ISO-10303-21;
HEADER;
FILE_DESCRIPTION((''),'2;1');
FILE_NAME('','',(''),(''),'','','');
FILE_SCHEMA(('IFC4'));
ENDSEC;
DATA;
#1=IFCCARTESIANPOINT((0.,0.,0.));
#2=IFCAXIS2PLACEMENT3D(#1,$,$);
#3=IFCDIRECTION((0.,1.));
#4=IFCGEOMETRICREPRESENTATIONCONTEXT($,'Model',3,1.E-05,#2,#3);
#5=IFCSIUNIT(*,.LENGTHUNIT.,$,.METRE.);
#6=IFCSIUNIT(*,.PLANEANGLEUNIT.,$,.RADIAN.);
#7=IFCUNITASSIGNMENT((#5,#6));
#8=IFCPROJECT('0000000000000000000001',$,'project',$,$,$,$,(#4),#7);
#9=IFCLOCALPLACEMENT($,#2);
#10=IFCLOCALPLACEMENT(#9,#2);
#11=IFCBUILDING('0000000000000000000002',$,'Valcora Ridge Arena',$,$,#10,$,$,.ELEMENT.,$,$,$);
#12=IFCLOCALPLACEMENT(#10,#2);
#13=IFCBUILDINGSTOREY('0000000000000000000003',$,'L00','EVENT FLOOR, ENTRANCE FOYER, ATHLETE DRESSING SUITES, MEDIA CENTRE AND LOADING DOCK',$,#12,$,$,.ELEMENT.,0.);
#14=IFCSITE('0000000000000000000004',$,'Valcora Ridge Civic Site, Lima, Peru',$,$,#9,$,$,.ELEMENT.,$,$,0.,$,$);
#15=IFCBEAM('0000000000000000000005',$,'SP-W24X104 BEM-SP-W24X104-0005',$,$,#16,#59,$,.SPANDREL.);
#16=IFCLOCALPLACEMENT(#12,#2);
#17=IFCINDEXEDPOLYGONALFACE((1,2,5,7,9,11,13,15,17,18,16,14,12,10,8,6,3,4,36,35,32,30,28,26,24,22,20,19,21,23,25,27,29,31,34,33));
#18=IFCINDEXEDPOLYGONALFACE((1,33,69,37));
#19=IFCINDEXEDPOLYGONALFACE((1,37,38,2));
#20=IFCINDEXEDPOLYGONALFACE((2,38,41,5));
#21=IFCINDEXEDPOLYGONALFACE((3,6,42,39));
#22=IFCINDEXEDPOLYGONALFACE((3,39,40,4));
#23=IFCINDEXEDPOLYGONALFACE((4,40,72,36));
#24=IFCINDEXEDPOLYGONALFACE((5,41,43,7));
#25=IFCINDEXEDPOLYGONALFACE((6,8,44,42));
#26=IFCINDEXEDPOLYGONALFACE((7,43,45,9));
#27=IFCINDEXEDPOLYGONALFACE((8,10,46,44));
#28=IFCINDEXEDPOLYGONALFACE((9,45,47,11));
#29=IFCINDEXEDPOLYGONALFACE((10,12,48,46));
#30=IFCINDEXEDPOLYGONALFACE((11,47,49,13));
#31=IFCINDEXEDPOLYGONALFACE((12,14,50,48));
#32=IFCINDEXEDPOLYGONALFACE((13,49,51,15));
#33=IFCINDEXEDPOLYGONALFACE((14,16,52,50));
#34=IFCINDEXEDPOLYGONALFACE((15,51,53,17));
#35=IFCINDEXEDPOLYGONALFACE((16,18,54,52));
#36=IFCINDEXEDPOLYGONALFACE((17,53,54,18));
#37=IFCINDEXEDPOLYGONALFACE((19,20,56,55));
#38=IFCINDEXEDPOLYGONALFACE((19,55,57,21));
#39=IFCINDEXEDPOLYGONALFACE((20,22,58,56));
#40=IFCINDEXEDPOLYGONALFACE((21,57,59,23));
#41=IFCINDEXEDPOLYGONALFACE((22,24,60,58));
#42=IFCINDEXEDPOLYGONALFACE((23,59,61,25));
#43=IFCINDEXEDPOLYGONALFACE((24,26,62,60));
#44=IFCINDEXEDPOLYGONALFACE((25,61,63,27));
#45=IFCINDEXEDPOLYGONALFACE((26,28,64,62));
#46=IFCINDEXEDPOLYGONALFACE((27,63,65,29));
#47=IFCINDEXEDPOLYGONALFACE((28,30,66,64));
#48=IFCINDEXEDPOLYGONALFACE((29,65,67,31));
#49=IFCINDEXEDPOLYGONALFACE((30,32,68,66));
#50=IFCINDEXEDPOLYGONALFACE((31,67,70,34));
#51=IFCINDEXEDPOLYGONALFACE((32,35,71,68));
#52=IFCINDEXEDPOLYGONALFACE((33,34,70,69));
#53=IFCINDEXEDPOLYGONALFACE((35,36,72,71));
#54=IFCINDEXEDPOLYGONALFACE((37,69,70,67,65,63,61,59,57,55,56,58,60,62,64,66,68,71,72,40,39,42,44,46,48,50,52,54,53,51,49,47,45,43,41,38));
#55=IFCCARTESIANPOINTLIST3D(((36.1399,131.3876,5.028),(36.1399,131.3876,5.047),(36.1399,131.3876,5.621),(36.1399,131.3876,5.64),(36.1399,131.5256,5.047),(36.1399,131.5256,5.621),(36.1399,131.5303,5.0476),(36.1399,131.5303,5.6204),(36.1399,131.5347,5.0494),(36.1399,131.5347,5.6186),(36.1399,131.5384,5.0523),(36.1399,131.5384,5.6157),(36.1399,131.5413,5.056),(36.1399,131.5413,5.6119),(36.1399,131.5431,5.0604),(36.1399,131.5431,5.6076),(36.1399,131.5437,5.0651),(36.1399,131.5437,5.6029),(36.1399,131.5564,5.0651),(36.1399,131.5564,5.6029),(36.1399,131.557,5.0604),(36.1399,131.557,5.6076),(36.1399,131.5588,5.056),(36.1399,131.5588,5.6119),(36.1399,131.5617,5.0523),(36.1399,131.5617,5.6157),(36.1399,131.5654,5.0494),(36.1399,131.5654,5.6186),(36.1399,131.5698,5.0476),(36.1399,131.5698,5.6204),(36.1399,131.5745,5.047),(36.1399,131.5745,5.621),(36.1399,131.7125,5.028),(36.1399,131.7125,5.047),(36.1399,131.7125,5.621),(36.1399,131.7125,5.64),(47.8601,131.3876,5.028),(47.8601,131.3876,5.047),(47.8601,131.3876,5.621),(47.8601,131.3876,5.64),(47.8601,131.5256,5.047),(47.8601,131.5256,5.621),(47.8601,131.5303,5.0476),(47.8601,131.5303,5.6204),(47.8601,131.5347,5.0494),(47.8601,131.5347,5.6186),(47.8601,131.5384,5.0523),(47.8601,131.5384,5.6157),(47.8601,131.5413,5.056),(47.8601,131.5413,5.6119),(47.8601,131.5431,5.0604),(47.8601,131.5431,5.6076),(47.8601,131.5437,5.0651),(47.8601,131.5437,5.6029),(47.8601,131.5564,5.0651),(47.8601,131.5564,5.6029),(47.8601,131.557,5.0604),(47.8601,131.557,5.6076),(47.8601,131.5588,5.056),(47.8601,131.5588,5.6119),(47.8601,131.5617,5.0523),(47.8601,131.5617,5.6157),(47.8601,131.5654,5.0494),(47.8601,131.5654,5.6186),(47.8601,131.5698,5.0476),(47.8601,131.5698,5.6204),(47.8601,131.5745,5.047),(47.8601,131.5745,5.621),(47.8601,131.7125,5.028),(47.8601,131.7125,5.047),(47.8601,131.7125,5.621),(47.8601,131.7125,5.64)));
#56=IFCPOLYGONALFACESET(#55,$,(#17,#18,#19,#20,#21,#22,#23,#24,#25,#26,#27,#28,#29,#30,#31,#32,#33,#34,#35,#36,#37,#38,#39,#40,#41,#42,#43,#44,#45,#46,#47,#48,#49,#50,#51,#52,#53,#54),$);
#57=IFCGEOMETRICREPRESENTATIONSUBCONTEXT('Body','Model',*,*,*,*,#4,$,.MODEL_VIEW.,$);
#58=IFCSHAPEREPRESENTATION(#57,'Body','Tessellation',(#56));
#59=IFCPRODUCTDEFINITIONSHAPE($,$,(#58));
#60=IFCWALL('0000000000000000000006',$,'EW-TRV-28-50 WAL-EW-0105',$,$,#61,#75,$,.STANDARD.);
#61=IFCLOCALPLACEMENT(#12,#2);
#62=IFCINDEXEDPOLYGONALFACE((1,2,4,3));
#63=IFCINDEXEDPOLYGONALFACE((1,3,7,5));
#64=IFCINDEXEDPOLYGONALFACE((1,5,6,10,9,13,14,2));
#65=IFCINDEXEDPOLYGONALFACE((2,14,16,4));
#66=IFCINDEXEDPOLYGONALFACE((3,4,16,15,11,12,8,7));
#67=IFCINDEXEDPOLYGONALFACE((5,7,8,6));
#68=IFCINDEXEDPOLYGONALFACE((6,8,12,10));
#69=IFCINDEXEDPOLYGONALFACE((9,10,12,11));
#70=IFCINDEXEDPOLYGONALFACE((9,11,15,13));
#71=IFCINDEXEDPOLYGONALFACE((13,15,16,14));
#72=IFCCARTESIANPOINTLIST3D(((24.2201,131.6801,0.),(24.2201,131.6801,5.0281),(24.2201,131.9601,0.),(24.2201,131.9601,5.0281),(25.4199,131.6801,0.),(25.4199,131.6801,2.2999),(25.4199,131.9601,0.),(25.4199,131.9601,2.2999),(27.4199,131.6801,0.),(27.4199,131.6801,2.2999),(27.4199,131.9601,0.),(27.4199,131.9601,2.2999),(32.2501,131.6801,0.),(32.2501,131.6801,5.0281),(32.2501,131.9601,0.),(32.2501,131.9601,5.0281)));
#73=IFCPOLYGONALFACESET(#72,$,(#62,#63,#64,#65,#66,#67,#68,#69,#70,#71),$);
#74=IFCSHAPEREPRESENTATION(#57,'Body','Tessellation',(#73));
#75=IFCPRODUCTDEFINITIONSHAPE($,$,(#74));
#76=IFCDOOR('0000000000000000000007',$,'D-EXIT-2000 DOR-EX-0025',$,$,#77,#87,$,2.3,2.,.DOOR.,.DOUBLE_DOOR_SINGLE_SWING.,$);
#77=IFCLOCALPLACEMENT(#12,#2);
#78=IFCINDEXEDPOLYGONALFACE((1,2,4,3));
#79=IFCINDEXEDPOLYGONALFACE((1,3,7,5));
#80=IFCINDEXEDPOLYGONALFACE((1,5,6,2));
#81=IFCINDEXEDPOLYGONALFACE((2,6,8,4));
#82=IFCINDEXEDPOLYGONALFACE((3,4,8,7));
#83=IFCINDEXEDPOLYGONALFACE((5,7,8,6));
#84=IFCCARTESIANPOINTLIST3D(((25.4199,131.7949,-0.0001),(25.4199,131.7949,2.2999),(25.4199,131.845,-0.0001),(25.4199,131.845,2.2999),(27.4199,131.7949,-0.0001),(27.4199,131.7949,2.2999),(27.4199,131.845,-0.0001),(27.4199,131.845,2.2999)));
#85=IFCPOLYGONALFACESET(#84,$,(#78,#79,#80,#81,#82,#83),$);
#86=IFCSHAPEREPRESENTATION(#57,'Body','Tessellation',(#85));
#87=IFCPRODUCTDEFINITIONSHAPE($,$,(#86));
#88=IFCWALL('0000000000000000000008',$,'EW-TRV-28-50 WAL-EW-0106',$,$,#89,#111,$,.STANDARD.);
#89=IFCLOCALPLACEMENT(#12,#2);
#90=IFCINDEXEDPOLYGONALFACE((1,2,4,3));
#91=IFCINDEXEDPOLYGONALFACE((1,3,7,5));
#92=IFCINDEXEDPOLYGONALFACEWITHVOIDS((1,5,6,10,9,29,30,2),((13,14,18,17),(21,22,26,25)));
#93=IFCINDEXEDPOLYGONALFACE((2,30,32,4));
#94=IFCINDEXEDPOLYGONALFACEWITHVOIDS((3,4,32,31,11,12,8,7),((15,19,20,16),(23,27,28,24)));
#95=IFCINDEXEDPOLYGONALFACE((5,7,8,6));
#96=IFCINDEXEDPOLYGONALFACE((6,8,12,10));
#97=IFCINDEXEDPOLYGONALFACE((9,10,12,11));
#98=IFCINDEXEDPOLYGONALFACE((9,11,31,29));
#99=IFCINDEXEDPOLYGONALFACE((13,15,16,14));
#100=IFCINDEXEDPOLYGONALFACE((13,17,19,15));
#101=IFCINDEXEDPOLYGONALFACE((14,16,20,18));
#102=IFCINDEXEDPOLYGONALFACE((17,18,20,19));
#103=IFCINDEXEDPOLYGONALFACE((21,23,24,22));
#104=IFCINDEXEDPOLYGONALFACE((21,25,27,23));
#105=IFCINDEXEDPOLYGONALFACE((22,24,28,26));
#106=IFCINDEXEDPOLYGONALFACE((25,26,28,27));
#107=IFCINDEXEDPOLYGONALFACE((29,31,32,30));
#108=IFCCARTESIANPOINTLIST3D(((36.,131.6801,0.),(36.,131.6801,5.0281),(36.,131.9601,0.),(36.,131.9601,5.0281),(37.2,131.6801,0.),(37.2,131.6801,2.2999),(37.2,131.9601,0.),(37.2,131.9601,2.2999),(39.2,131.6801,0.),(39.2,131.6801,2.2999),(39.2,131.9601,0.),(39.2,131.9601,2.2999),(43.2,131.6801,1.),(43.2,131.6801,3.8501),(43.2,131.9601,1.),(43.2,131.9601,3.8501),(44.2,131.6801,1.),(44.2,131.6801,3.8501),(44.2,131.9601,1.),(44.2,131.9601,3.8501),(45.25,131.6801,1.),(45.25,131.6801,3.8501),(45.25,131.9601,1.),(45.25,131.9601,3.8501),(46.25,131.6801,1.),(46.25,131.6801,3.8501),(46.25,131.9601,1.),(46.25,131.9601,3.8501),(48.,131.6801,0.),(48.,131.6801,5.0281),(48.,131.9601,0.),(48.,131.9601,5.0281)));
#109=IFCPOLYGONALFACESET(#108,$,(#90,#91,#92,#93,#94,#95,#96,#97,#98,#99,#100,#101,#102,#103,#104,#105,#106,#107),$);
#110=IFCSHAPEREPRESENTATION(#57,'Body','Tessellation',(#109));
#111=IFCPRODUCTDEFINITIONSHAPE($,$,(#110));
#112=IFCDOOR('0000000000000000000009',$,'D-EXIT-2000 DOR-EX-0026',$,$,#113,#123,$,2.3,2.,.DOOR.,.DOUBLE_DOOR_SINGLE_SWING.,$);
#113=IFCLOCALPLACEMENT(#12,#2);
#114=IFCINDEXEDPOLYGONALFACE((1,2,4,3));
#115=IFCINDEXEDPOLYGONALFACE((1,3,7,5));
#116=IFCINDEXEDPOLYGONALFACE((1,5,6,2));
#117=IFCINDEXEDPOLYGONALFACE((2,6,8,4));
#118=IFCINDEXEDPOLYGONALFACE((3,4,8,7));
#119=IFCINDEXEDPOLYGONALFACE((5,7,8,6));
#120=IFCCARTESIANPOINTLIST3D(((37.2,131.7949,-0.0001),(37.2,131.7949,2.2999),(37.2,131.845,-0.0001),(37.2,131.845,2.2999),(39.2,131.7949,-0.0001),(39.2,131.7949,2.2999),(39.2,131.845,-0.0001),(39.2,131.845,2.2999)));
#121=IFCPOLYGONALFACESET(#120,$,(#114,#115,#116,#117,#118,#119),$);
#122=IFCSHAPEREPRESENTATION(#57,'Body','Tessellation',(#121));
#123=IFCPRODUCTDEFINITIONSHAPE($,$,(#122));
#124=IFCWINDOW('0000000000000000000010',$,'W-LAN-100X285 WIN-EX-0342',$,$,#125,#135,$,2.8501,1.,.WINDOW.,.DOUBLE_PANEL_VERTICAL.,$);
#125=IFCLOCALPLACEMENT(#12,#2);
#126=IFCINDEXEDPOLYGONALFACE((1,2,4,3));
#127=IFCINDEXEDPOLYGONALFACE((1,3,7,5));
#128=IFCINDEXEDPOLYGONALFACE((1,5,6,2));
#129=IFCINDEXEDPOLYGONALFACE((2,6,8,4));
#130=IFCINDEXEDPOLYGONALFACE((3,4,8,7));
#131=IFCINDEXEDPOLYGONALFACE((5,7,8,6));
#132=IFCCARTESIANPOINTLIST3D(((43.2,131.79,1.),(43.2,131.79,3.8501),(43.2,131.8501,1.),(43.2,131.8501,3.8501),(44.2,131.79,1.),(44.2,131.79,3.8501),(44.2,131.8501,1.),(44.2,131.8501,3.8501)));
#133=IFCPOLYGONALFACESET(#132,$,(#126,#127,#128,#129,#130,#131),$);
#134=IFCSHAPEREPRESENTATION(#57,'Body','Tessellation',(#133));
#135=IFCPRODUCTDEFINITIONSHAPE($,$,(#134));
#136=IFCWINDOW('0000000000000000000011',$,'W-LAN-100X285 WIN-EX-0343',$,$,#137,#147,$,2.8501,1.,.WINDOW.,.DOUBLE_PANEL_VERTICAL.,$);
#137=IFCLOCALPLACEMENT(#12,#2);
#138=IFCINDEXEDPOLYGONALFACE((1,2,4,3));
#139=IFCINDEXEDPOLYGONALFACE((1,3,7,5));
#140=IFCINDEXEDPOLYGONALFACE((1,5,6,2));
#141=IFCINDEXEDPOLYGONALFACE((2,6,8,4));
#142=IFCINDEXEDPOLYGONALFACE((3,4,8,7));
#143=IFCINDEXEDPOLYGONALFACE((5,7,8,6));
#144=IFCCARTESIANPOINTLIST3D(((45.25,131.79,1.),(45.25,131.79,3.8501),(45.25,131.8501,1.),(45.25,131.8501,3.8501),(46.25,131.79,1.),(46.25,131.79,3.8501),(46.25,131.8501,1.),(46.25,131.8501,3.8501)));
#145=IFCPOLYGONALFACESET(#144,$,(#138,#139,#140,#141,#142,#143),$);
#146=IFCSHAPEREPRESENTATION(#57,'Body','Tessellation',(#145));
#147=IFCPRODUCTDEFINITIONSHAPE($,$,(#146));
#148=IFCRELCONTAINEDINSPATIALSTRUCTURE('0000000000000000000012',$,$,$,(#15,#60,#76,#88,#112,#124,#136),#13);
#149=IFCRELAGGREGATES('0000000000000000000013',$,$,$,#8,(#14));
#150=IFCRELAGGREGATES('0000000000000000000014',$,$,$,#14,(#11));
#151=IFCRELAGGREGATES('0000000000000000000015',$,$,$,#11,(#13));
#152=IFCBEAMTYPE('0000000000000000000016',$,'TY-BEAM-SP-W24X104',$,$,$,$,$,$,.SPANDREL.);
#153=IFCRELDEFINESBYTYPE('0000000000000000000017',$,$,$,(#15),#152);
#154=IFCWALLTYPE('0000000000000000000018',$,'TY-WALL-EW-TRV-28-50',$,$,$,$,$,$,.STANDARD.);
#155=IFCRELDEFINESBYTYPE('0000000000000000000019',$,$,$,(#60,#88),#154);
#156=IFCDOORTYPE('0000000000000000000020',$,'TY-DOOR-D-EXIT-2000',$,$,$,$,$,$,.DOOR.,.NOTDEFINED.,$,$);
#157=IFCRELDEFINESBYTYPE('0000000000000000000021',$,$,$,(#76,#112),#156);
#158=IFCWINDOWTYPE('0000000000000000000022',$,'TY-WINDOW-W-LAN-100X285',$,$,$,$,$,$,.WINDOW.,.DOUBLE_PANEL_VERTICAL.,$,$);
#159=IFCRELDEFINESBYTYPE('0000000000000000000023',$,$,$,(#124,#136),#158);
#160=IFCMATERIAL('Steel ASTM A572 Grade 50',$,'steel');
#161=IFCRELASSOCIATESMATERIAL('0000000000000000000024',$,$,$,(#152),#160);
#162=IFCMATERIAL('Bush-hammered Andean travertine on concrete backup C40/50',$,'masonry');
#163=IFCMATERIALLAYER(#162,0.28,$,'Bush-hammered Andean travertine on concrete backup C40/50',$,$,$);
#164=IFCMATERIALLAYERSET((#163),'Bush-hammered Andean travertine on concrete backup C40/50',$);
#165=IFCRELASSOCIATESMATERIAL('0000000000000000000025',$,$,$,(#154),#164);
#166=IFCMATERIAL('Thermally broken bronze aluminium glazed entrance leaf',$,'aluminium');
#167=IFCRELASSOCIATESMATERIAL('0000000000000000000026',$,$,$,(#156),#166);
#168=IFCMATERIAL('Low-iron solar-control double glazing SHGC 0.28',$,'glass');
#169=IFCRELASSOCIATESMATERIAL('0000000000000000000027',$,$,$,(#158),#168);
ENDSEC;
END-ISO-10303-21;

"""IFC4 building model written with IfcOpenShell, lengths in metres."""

from ifc_helpers import new_model, si_unit, direction, frame, frame_2d, origin, origin_2d, place, context, subcontext, project, spatial, rectangle, i_section, extrude, material, layer, layer_set, material_profile, profile_set, type_object, element, fill, save


model = new_model("IFC4")

# Units and contexts
model_context = context("Model", 3, precision=1e-05, world=origin(), true_north=direction((0.0, 1.0)))
body_context = subcontext(model_context, "Body", "Model", "MODEL_VIEW")
ifc_project = project(units=[si_unit("LENGTHUNIT", "METRE"), si_unit("PLANEANGLEUNIT", "RADIAN")], contexts=[model_context])

# Site, building, storey
site_placement = place(None, origin())
site = spatial("IfcSite", under=ifc_project, at=site_placement, Name="Valcora Ridge Civic Site, Lima, Peru", CompositionType="ELEMENT", RefElevation=0.0)
building_placement = place(site_placement, origin())
building = spatial("IfcBuilding", under=site, at=building_placement, Name="Valcora Ridge Arena", CompositionType="ELEMENT")
storey_placement = place(building_placement, origin())
storey = spatial("IfcBuildingStorey", under=building, at=storey_placement, Name="L00", Description="EVENT FLOOR, ENTRANCE FOYER, ATHLETE DRESSING SUITES, MEDIA CENTRE AND LOADING DOCK", CompositionType="ELEMENT", Elevation=0.0)

# Beam
ifc_material_1 = material(Name="Steel ASTM A572 Grade 50", Category="steel")
ifc_material_profile_1 = material_profile(ifc_material_1, i_section(OverallWidth=0.325, OverallDepth=0.6121, WebThickness=0.0127, FlangeThickness=0.019, FilletRadius=0.0181, at=origin_2d()), Name="W24X104")
ifc_profile_set_1 = profile_set([ifc_material_profile_1], Name="Steel ASTM A572 Grade 50")
beam_type = type_object("IfcBeamType", Name="TY-BEAM-SP-W24X104", PredefinedType="SPANDREL", material=ifc_profile_set_1)
beam_1_placement = place(storey_placement, frame((36.1399, 131.55, 5.334), z_axis=(1.0, 0.0, 0.0), x_axis=(0.0, 1.0, 0.0)))
element("IfcBeam", 1, at=beam_1_placement, inside=storey, type_object=beam_type, Name="SP-W24X104 BEM-SP-W24X104-0005", PredefinedType="SPANDREL", context=body_context, shape_type="SweptSolid", body=[
    extrude(i_section(OverallWidth=0.325, OverallDepth=0.6121, WebThickness=0.0127, FlangeThickness=0.019, FilletRadius=0.0181, at=origin_2d()), origin(), (0.0, 0.0, 1.0), 11.7202),
])

# Wall, opening, door
ifc_material_2 = material(Name="Bush-hammered Andean travertine on concrete backup C40/50", Category="masonry")
ifc_layer_1 = layer(ifc_material_2, 0.28, Name="Bush-hammered Andean travertine on concrete backup C40/50")
ifc_layer_set_1 = layer_set([ifc_layer_1], Name="Bush-hammered Andean travertine on concrete backup C40/50")
wall_type_1 = type_object("IfcWallType", Name="TY-WALL-EW-TRV-28-50", PredefinedType="STANDARD", material=ifc_layer_set_1)
wall_1_placement = place(storey_placement, frame((24.22, 131.8201, 0.0), z_axis=(0.0, 0.0, 1.0), x_axis=(1.0, 0.0, 0.0)))
wall_1 = element("IfcWall", 2, at=wall_1_placement, inside=storey, type_object=wall_type_1, Name="EW-TRV-28-50 WAL-EW-0105", PredefinedType="STANDARD", context=body_context, shape_type="SweptSolid", body=[
    extrude(rectangle(XDim=8.03, YDim=0.28, at=frame_2d((4.0151, 0.0))), origin(), (0.0, 0.0, 1.0), 5.0281),
])
opening_1_placement = place(wall_1_placement, frame((1.2, 0.0, 0.0)))
opening_1 = element("IfcOpeningElement", 3, at=opening_1_placement, cuts=wall_1, PredefinedType="OPENING", context=body_context, shape_type="SweptSolid", body=[
    extrude(rectangle(XDim=2.0, YDim=2.3, at=frame_2d((1.0, 1.1499))), frame((0.0, 0.1499, 0.0), z_axis=(0.0, -1.0, 0.0), x_axis=(1.0, 0.0, 0.0)), (0.0, 0.0, 1.0), 0.3),
])
ifc_material_3 = material(Name="Thermally broken bronze aluminium glazed entrance leaf", Category="aluminium")
door_type_1 = type_object("IfcDoorType", Name="TY-DOOR-D-EXIT-2000", OperationType="NOTDEFINED", PredefinedType="DOOR", material=ifc_material_3)
door_1_placement = place(opening_1_placement, origin())
door_1 = element("IfcDoor", 4, at=door_1_placement, inside=storey, type_object=door_type_1, Name="D-EXIT-2000 DOR-EX-0025", OperationType="DOUBLE_DOOR_SINGLE_SWING", OverallHeight=2.3, OverallWidth=2.0, PredefinedType="DOOR", context=body_context, shape_type="SweptSolid", body=[
    extrude(rectangle(XDim=2.0, YDim=2.3, at=frame_2d((1.0, 1.1499))), frame((0.0, 0.0249, 0.0), z_axis=(0.0, -1.0, 0.0), x_axis=(1.0, 0.0, 0.0)), (0.0, 0.0, 1.0), 0.05),
])
fill(opening_1, door_1)

# Wall, openings, door, windows
wall_2_placement = place(storey_placement, frame((36.0, 131.8201, 0.0), z_axis=(0.0, 0.0, 1.0), x_axis=(1.0, 0.0, 0.0)))
wall_2 = element("IfcWall", 5, at=wall_2_placement, inside=storey, type_object=wall_type_1, Name="EW-TRV-28-50 WAL-EW-0106", PredefinedType="STANDARD", context=body_context, shape_type="SweptSolid", body=[
    extrude(rectangle(XDim=12.0, YDim=0.28, at=frame_2d((6.0, 0.0))), origin(), (0.0, 0.0, 1.0), 5.0281),
])
opening_2_placement = place(wall_2_placement, frame((1.2, 0.0, 0.0)))
opening_2 = element("IfcOpeningElement", 6, at=opening_2_placement, cuts=wall_2, PredefinedType="OPENING", context=body_context, shape_type="SweptSolid", body=[
    extrude(rectangle(XDim=2.0, YDim=2.3, at=frame_2d((1.0, 1.1499))), frame((0.0, 0.1499, 0.0), z_axis=(0.0, -1.0, 0.0), x_axis=(1.0, 0.0, 0.0)), (0.0, 0.0, 1.0), 0.3),
])
opening_3_placement = place(wall_2_placement, frame((7.2, 0.0, 1.0)))
opening_3 = element("IfcOpeningElement", 7, at=opening_3_placement, cuts=wall_2, PredefinedType="OPENING", context=body_context, shape_type="SweptSolid", body=[
    extrude(rectangle(XDim=1.0, YDim=2.8501, at=frame_2d((0.5, 1.425))), frame((0.0, 0.1499, 0.0), z_axis=(0.0, -1.0, 0.0), x_axis=(1.0, 0.0, 0.0)), (0.0, 0.0, 1.0), 0.3),
])
opening_4_placement = place(wall_2_placement, frame((9.25, 0.0, 1.0)))
opening_4 = element("IfcOpeningElement", 8, at=opening_4_placement, cuts=wall_2, PredefinedType="OPENING", context=body_context, shape_type="SweptSolid", body=[
    extrude(rectangle(XDim=1.0, YDim=2.8501, at=frame_2d((0.5, 1.425))), frame((0.0, 0.1499, 0.0), z_axis=(0.0, -1.0, 0.0), x_axis=(1.0, 0.0, 0.0)), (0.0, 0.0, 1.0), 0.3),
])
door_2_placement = place(opening_2_placement, origin())
door_2 = element("IfcDoor", 9, at=door_2_placement, inside=storey, type_object=door_type_1, Name="D-EXIT-2000 DOR-EX-0026", OperationType="DOUBLE_DOOR_SINGLE_SWING", OverallHeight=2.3, OverallWidth=2.0, PredefinedType="DOOR", context=body_context, shape_type="SweptSolid", body=[
    extrude(rectangle(XDim=2.0, YDim=2.3, at=frame_2d((1.0, 1.1499))), frame((0.0, 0.0249, 0.0), z_axis=(0.0, -1.0, 0.0), x_axis=(1.0, 0.0, 0.0)), (0.0, 0.0, 1.0), 0.05),
])
fill(opening_2, door_2)
ifc_material_4 = material(Name="Low-iron solar-control double glazing SHGC 0.28", Category="glass")
window_type = type_object("IfcWindowType", Name="TY-WINDOW-W-LAN-100X285", PartitioningType="DOUBLE_PANEL_VERTICAL", PredefinedType="WINDOW", material=ifc_material_4)
window_1_placement = place(opening_3_placement, origin())
window_1 = element("IfcWindow", 10, at=window_1_placement, inside=storey, type_object=window_type, Name="W-LAN-100X285 WIN-EX-0342", OverallHeight=2.8501, OverallWidth=1.0, PartitioningType="DOUBLE_PANEL_VERTICAL", PredefinedType="WINDOW", context=body_context, shape_type="SweptSolid", body=[
    extrude(rectangle(XDim=1.0, YDim=2.8501, at=frame_2d((0.5, 1.425))), frame((0.0, 0.03, 0.0), z_axis=(0.0, -1.0, 0.0), x_axis=(1.0, 0.0, 0.0)), (0.0, 0.0, 1.0), 0.0601),
])
fill(opening_3, window_1)
window_2_placement = place(opening_4_placement, origin())
window_2 = element("IfcWindow", 11, at=window_2_placement, inside=storey, type_object=window_type, Name="W-LAN-100X285 WIN-EX-0343", OverallHeight=2.8501, OverallWidth=1.0, PartitioningType="DOUBLE_PANEL_VERTICAL", PredefinedType="WINDOW", context=body_context, shape_type="SweptSolid", body=[
    extrude(rectangle(XDim=1.0, YDim=2.8501, at=frame_2d((0.5, 1.425))), frame((0.0, 0.03, 0.0), z_axis=(0.0, -1.0, 0.0), x_axis=(1.0, 0.0, 0.0)), (0.0, 0.0, 1.0), 0.0601),
])
fill(opening_4, window_2)

save(model, "model.ifc")
